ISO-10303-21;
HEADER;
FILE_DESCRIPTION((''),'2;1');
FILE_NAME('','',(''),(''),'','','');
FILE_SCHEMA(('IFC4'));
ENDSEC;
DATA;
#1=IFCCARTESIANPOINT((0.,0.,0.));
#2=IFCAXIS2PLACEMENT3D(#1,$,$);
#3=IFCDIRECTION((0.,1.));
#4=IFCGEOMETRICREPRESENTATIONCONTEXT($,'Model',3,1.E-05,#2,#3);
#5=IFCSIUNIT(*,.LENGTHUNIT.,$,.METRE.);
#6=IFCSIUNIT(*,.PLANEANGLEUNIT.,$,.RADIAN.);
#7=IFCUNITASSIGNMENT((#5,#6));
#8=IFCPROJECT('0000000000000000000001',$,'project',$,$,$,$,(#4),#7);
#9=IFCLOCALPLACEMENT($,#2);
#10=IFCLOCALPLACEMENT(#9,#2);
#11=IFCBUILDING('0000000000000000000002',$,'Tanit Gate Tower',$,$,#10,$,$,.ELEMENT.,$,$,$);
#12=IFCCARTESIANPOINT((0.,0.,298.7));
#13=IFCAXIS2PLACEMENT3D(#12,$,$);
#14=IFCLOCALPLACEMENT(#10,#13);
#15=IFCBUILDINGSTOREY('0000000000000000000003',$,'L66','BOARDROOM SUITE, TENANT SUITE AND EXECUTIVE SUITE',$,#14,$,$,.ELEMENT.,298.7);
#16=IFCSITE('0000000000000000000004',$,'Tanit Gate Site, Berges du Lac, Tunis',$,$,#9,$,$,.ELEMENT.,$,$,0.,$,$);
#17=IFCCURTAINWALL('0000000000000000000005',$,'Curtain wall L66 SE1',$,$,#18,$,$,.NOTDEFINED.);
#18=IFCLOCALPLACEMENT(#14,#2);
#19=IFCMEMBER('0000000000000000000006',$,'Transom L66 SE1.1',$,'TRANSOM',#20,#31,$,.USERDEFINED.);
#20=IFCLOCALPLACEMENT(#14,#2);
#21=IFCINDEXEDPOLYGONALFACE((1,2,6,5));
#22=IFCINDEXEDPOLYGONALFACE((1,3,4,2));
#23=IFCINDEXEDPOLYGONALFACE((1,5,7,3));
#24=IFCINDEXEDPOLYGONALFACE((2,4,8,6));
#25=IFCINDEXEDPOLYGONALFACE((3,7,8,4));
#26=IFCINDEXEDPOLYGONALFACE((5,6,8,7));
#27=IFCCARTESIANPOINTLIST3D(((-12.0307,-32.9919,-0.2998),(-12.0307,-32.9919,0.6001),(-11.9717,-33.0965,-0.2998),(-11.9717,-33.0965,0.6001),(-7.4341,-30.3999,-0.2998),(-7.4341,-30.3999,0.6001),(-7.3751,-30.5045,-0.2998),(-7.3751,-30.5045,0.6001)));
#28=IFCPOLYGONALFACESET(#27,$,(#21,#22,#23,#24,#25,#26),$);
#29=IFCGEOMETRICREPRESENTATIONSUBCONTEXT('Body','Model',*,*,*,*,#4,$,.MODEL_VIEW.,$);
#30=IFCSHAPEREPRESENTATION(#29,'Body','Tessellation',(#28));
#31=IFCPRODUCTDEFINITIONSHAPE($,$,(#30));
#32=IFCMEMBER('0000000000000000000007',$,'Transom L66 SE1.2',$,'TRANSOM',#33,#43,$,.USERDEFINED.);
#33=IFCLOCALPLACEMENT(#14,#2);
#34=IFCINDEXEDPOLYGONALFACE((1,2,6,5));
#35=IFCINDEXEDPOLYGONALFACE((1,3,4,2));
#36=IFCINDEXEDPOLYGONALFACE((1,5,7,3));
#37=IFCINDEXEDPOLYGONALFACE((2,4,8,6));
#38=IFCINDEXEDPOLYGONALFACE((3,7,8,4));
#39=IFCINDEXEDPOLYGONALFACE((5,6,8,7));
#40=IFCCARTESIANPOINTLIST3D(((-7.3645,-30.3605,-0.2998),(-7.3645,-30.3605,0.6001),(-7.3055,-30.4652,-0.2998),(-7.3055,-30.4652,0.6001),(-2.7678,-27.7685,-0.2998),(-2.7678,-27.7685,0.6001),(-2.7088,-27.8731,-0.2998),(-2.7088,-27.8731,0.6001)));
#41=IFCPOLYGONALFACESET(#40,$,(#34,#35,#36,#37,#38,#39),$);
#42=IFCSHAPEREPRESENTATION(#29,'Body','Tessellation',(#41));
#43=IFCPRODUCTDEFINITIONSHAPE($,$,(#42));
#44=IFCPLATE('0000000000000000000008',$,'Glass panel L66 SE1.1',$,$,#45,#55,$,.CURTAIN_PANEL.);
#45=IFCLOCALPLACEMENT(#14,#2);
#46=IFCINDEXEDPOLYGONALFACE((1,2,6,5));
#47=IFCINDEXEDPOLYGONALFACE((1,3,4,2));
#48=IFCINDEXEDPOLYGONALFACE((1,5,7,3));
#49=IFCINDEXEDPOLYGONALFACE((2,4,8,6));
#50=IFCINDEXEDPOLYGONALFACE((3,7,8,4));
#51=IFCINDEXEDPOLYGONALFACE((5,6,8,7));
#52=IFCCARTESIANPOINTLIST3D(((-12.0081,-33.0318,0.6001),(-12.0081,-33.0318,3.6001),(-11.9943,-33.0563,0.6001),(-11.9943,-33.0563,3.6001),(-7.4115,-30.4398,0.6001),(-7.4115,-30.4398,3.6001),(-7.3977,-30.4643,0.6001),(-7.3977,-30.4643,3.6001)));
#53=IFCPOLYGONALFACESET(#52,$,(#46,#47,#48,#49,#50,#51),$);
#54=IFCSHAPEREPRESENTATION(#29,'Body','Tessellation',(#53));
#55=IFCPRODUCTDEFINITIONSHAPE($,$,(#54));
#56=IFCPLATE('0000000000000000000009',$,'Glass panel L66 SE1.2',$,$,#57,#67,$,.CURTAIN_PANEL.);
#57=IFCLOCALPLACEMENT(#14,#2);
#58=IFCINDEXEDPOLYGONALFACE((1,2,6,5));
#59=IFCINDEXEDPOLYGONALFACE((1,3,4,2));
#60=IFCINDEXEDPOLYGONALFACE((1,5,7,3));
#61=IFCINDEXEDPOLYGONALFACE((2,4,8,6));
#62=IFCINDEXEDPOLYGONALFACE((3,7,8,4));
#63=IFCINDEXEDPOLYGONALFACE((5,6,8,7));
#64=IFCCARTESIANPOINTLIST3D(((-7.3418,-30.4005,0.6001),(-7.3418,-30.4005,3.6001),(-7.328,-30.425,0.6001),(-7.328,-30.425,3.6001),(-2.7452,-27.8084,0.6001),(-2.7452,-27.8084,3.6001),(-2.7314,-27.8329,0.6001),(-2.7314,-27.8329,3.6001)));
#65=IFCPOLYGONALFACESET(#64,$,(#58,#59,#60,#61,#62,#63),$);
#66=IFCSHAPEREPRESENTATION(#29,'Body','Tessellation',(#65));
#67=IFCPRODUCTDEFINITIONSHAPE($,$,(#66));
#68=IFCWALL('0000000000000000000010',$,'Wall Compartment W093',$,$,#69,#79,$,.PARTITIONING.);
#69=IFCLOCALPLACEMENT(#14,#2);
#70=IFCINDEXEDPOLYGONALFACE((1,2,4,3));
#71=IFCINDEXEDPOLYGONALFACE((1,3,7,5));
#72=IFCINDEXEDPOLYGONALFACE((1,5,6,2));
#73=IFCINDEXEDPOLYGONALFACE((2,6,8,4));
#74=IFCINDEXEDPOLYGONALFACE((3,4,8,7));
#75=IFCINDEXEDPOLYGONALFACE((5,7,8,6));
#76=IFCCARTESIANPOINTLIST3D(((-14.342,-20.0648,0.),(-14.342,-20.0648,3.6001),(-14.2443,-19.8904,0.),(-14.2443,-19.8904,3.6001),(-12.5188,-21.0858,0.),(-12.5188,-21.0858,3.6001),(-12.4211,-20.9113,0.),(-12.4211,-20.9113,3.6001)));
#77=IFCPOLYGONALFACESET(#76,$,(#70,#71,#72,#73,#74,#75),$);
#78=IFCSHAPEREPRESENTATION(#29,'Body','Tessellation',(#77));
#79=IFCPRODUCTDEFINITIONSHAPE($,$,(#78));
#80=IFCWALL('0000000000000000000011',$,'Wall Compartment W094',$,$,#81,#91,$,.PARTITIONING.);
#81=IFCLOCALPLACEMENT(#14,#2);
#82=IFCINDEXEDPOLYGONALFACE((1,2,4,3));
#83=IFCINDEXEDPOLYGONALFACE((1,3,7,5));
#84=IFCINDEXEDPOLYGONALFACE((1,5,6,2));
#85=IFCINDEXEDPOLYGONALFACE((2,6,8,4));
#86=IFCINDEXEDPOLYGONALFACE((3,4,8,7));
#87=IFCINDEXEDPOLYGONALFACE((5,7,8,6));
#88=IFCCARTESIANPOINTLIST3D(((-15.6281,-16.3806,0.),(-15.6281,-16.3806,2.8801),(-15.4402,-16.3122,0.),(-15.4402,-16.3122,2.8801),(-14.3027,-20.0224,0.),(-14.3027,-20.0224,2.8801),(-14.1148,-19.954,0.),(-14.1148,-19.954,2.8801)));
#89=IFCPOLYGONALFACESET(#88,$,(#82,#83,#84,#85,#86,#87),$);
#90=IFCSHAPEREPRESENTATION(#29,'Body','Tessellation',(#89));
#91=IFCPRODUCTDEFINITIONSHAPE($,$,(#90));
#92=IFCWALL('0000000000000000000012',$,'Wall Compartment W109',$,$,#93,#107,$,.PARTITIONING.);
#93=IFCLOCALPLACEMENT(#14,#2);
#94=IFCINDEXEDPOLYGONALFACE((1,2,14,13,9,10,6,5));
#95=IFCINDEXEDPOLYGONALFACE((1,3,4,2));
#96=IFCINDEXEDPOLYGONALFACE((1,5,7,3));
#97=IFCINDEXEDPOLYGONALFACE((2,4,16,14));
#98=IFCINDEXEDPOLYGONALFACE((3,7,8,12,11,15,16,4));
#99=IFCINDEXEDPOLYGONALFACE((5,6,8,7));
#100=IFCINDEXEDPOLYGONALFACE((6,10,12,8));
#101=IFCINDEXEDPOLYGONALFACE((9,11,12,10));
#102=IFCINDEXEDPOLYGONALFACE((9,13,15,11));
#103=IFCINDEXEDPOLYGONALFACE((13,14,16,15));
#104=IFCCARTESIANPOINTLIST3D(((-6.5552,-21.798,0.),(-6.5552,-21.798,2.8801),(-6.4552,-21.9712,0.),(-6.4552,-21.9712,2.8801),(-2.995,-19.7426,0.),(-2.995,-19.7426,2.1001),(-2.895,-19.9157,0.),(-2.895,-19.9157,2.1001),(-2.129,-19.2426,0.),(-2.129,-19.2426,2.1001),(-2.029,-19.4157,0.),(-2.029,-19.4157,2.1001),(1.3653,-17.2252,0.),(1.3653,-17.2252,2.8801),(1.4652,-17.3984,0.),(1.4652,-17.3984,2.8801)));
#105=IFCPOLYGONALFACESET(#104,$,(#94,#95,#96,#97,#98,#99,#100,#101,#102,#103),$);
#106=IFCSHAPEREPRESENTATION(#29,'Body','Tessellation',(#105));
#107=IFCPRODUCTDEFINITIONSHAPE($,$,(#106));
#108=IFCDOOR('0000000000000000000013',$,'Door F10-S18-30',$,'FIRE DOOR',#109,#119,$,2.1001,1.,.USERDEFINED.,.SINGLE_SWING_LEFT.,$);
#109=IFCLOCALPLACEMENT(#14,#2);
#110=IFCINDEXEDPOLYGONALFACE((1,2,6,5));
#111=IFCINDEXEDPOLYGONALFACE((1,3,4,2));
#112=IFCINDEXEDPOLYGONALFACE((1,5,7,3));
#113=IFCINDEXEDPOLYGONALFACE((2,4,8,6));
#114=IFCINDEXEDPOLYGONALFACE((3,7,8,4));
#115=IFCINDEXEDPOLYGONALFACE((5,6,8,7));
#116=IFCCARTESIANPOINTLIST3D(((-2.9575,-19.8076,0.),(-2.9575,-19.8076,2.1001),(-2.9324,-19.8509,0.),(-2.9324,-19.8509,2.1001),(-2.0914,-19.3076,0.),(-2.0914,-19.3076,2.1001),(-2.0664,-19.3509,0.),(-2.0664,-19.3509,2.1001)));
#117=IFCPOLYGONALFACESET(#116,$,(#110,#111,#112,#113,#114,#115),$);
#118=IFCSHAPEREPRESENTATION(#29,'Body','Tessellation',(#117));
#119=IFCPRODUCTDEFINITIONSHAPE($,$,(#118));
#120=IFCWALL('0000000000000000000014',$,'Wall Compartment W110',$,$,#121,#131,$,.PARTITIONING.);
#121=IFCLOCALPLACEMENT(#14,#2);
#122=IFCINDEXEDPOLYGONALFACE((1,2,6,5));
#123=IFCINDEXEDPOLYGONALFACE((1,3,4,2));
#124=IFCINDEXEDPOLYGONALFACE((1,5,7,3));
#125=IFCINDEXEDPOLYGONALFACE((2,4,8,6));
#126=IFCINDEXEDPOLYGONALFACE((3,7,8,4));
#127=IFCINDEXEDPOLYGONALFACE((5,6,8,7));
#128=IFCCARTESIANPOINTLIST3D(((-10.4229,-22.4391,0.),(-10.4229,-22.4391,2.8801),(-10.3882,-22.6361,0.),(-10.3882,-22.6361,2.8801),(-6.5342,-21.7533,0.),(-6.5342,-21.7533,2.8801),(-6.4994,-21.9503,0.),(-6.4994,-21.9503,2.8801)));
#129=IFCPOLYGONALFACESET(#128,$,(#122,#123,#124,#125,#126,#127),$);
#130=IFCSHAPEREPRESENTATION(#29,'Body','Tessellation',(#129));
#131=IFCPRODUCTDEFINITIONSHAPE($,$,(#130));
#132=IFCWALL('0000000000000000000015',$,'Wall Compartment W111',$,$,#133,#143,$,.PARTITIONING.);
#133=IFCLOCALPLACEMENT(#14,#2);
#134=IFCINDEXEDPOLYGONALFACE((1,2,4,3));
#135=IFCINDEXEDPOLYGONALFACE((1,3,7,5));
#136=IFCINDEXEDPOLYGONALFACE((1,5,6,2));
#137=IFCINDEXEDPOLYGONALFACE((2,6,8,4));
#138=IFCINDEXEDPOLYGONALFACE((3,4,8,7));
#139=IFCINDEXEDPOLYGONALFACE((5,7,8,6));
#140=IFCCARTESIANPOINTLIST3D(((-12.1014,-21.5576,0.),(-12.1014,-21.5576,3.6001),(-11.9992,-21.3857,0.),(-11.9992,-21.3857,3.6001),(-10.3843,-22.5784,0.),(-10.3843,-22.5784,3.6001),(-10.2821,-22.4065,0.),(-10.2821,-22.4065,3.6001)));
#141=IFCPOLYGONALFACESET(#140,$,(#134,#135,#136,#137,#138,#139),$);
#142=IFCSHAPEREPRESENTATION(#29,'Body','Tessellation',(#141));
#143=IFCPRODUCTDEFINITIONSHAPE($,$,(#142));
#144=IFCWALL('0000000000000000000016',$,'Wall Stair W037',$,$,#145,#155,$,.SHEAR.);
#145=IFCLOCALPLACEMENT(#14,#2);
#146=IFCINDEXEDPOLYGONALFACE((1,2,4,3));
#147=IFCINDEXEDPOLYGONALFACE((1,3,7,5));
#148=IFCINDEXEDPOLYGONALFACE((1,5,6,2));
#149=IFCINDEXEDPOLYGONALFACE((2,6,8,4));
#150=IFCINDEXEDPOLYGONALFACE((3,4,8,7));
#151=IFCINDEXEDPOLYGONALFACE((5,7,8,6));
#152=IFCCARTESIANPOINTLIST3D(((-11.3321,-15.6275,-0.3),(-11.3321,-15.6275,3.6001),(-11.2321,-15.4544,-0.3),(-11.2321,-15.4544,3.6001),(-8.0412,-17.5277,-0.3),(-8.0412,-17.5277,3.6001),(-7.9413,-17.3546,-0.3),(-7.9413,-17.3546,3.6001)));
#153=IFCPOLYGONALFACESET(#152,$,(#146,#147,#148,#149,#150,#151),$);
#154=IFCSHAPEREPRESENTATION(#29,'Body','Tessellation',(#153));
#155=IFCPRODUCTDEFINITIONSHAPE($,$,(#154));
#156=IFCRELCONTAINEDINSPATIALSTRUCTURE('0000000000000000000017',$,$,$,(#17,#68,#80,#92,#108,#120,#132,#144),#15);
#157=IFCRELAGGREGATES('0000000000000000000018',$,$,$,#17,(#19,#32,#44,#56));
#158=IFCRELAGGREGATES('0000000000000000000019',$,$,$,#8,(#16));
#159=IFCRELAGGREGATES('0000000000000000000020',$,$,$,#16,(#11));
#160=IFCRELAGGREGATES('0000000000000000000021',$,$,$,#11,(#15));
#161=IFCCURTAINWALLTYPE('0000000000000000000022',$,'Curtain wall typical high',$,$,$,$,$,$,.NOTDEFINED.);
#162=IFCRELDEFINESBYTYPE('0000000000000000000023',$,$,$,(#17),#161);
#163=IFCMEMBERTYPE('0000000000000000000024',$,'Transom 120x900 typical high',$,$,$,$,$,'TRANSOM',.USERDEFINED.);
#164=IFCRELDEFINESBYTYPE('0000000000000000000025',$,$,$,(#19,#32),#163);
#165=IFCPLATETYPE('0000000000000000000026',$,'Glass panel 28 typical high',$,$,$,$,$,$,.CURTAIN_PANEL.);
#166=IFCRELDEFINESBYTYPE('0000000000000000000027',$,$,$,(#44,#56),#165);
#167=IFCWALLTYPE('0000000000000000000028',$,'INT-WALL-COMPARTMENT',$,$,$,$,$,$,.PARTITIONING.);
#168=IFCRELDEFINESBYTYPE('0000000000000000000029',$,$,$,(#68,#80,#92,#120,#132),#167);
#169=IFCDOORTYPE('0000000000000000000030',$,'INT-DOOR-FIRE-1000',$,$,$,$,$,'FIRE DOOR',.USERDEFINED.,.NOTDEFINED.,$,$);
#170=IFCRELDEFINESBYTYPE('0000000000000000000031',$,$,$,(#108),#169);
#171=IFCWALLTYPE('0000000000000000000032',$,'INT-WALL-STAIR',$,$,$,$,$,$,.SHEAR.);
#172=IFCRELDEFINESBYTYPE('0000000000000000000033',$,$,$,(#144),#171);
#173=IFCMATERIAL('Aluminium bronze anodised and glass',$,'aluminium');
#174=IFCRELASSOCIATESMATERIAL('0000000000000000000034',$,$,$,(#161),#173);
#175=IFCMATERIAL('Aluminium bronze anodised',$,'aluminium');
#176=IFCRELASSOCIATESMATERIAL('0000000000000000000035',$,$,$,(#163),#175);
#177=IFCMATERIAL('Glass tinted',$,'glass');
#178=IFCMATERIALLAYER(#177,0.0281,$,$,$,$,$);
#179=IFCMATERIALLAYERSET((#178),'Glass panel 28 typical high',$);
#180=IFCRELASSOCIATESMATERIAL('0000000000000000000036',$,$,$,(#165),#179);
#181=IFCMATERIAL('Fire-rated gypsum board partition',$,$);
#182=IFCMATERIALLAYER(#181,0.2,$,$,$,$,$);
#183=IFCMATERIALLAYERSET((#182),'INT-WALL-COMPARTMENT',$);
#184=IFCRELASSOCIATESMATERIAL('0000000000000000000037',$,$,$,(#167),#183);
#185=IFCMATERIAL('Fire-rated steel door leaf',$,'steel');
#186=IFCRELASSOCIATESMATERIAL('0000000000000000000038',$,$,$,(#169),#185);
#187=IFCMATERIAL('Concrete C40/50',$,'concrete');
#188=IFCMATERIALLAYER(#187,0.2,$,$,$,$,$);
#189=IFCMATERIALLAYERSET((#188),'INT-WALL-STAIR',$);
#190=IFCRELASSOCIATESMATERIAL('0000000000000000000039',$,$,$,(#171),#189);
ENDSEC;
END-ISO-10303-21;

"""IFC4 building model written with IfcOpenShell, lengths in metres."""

from ifc_helpers import new_model, si_unit, direction, frame, frame_2d, origin, origin_2d, place, context, subcontext, project, spatial, rectangle, extrude, material, layer, layer_set, material_profile, profile_set, type_object, element, fill, aggregate, save


model = new_model("IFC4")

# Units and contexts
model_context = context("Model", 3, precision=1e-05, world=origin(), true_north=direction((0.0, 1.0)))
body_context = subcontext(model_context, "Body", "Model", "MODEL_VIEW")
ifc_project = project(units=[si_unit("LENGTHUNIT", "METRE"), si_unit("PLANEANGLEUNIT", "RADIAN")], contexts=[model_context])

# Site, building, storey
site_placement = place(None, origin())
site = spatial("IfcSite", under=ifc_project, at=site_placement, Name="Tanit Gate Site, Berges du Lac, Tunis", CompositionType="ELEMENT", RefElevation=0.0)
building_placement = place(site_placement, origin())
building = spatial("IfcBuilding", under=site, at=building_placement, Name="Tanit Gate Tower", CompositionType="ELEMENT")
storey_placement = place(building_placement, frame((0.0, 0.0, 298.7)))
storey = spatial("IfcBuildingStorey", under=building, at=storey_placement, Name="L66", Description="BOARDROOM SUITE, TENANT SUITE AND EXECUTIVE SUITE", CompositionType="ELEMENT", Elevation=298.7)

# Curtain wall
ifc_material_1 = material(Name="Aluminium bronze anodised and glass", Category="aluminium")
curtain_wall_type = type_object("IfcCurtainWallType", Name="Curtain wall typical high", PredefinedType="NOTDEFINED", material=ifc_material_1)
curtain_wall_placement = place(storey_placement, origin())
curtain_wall = element("IfcCurtainWall", 1, at=curtain_wall_placement, inside=storey, type_object=curtain_wall_type, Name="Curtain wall L66 SE1", PredefinedType="NOTDEFINED")

# Members
ifc_material_2 = material(Name="Aluminium bronze anodised", Category="aluminium")
ifc_material_profile_1 = material_profile(ifc_material_2, rectangle(XDim=0.1201, YDim=0.8999, at=origin_2d()), Name="120x900 bronze transom")
ifc_profile_set_1 = profile_set([ifc_material_profile_1], Name="Aluminium bronze anodised")
member_type_1 = type_object("IfcMemberType", Name="Transom 120x900 typical high", ElementType="TRANSOM", PredefinedType="USERDEFINED", material=ifc_profile_set_1)
member_1_placement = place(storey_placement, frame((-12.0012, -33.0442, 0.1501), z_axis=(0.871056, 0.491183, 0.0), x_axis=(-0.491183, 0.871056, 0.0)))
member_1 = element("IfcMember", 2, at=member_1_placement, type_object=member_type_1, Name="Transom L66 SE1.1", ObjectType="TRANSOM", PredefinedType="USERDEFINED", context=body_context, shape_type="SweptSolid", body=[
    extrude(rectangle(XDim=0.1201, YDim=0.8999, at=origin_2d()), origin(), (0.0, 0.0, 1.0), 5.2771),
])
member_2_placement = place(storey_placement, frame((-7.335, -30.4128, 0.1501), z_axis=(0.871056, 0.491183, 0.0), x_axis=(-0.491183, 0.871056, 0.0)))
member_2 = element("IfcMember", 3, at=member_2_placement, type_object=member_type_1, Name="Transom L66 SE1.2", ObjectType="TRANSOM", PredefinedType="USERDEFINED", context=body_context, shape_type="SweptSolid", body=[
    extrude(rectangle(XDim=0.1201, YDim=0.8999, at=origin_2d()), origin(), (0.0, 0.0, 1.0), 5.2771),
])

# Plates
ifc_material_3 = material(Name="Glass tinted", Category="glass")
ifc_layer_1 = layer(ifc_material_3, 0.0281)
ifc_layer_set_1 = layer_set([ifc_layer_1], Name="Glass panel 28 typical high")
plate_type = type_object("IfcPlateType", Name="Glass panel 28 typical high", PredefinedType="CURTAIN_PANEL", material=ifc_layer_set_1)
plate_1_placement = place(storey_placement, frame((-9.7029, -31.748, 0.6001), z_axis=(0.0, 0.0, 1.0), x_axis=(0.871054, 0.491188, 0.0)))
plate_1 = element("IfcPlate", 4, at=plate_1_placement, type_object=plate_type, Name="Glass panel L66 SE1.1", PredefinedType="CURTAIN_PANEL", context=body_context, shape_type="SweptSolid", body=[
    extrude(rectangle(XDim=5.2771, YDim=0.0281, at=origin_2d()), origin(), (0.0, 0.0, 1.0), 3.0),
])
plate_2_placement = place(storey_placement, frame((-5.0366, -29.1167, 0.6001), z_axis=(0.0, 0.0, 1.0), x_axis=(0.871054, 0.491188, 0.0)))
plate_2 = element("IfcPlate", 5, at=plate_2_placement, type_object=plate_type, Name="Glass panel L66 SE1.2", PredefinedType="CURTAIN_PANEL", context=body_context, shape_type="SweptSolid", body=[
    extrude(rectangle(XDim=5.2771, YDim=0.0281, at=origin_2d()), origin(), (0.0, 0.0, 1.0), 3.0),
])
aggregate(curtain_wall, [member_1, member_2, plate_1, plate_2])

# Walls
ifc_material_4 = material(Name="Fire-rated gypsum board partition")
ifc_layer_2 = layer(ifc_material_4, 0.2)
ifc_layer_set_2 = layer_set([ifc_layer_2], Name="INT-WALL-COMPARTMENT")
wall_type_1 = type_object("IfcWallType", Name="INT-WALL-COMPARTMENT", PredefinedType="PARTITIONING", material=ifc_layer_set_2)
wall_1_placement = place(storey_placement, frame((-14.2932, -19.9775, 0.0), z_axis=(0.0, 0.0, 1.0), x_axis=(0.87251, -0.488596, 0.0)))
element("IfcWall", 6, at=wall_1_placement, inside=storey, type_object=wall_type_1, Name="Wall Compartment W093", PredefinedType="PARTITIONING", context=body_context, shape_type="SweptSolid", body=[
    extrude(rectangle(XDim=2.0896, YDim=0.2, at=frame_2d((1.0449, 0.0))), origin(), (0.0, 0.0, 1.0), 3.6001),
])
wall_2_placement = place(storey_placement, frame((-15.5342, -16.3464, 0.0), z_axis=(0.0, 0.0, 1.0), x_axis=(0.342001, -0.9397, 0.0)))
element("IfcWall", 7, at=wall_2_placement, inside=storey, type_object=wall_type_1, Name="Wall Compartment W094", PredefinedType="PARTITIONING", context=body_context, shape_type="SweptSolid", body=[
    extrude(rectangle(XDim=3.8755, YDim=0.2, at=frame_2d((1.9377, 0.0))), origin(), (0.0, 0.0, 1.0), 2.8801),
])

# Wall, opening, door
wall_3_placement = place(storey_placement, frame((-6.5051, -21.8845, 0.0), z_axis=(0.0, 0.0, 1.0), x_axis=(0.86603, 0.499992, 0.0)))
wall_3 = element("IfcWall", 8, at=wall_3_placement, inside=storey, type_object=wall_type_1, Name="Wall Compartment W109", PredefinedType="PARTITIONING", context=body_context, shape_type="SweptSolid", body=[
    extrude(rectangle(XDim=9.1458, YDim=0.2, at=frame_2d((4.5728, 0.0))), origin(), (0.0, 0.0, 1.0), 2.8801),
])
opening_1_placement = place(wall_3_placement, frame((4.1108, 0.0, 0.0)))
opening_1 = element("IfcOpeningElement", 9, at=opening_1_placement, cuts=wall_3, PredefinedType="OPENING", context=body_context, shape_type="SweptSolid", body=[
    extrude(rectangle(XDim=1.0, YDim=2.1001, at=frame_2d((0.5, 1.05))), frame((0.0, 0.1099, 0.0), z_axis=(0.0, -1.0, 0.0), x_axis=(1.0, 0.0, 0.0)), (0.0, 0.0, 1.0), 0.22),
])
ifc_material_5 = material(Name="Fire-rated steel door leaf", Category="steel")
door_type_1 = type_object("IfcDoorType", Name="INT-DOOR-FIRE-1000", ElementType="FIRE DOOR", OperationType="NOTDEFINED", PredefinedType="USERDEFINED", material=ifc_material_5)
door_1_placement = place(opening_1_placement, origin())
door_1 = element("IfcDoor", 10, at=door_1_placement, inside=storey, type_object=door_type_1, Name="Door F10-S18-30", ObjectType="FIRE DOOR", OperationType="SINGLE_SWING_LEFT", OverallHeight=2.1001, OverallWidth=1.0, PredefinedType="USERDEFINED", context=body_context, shape_type="SweptSolid", body=[
    extrude(rectangle(XDim=1.0, YDim=2.1001, at=frame_2d((0.5, 1.05))), frame((0.0, 0.0249, 0.0), z_axis=(0.0, -1.0, 0.0), x_axis=(1.0, 0.0, 0.0)), (0.0, 0.0, 1.0), 0.05),
])
fill(opening_1, door_1)

# Walls
wall_4_placement = place(storey_placement, frame((-10.4055, -22.5376, 0.0), z_axis=(0.0, 0.0, 1.0), x_axis=(0.984803, 0.173676, 0.0)))
element("IfcWall", 11, at=wall_4_placement, inside=storey, type_object=wall_type_1, Name="Wall Compartment W110", PredefinedType="PARTITIONING", context=body_context, shape_type="SweptSolid", body=[
    extrude(rectangle(XDim=3.9487, YDim=0.2, at=frame_2d((1.9744, 0.0))), origin(), (0.0, 0.0, 1.0), 2.8801),
])
wall_5_placement = place(storey_placement, frame((-12.0503, -21.4717, 0.0), z_axis=(0.0, 0.0, 1.0), x_axis=(0.859578, -0.511005, 0.0)))
element("IfcWall", 12, at=wall_5_placement, inside=storey, type_object=wall_type_1, Name="Wall Compartment W111", PredefinedType="PARTITIONING", context=body_context, shape_type="SweptSolid", body=[
    extrude(rectangle(XDim=1.9976, YDim=0.2, at=frame_2d((0.9988, 0.0))), origin(), (0.0, 0.0, 1.0), 3.6001),
])
ifc_material_6 = material(Name="Concrete C40/50", Category="concrete")
ifc_layer_3 = layer(ifc_material_6, 0.2)
ifc_layer_set_3 = layer_set([ifc_layer_3], Name="INT-WALL-STAIR")
wall_type_2 = type_object("IfcWallType", Name="INT-WALL-STAIR", PredefinedType="SHEAR", material=ifc_layer_set_3)
wall_6_placement = place(storey_placement, frame((-11.282, -15.541, -0.3), z_axis=(0.0, 0.0, 1.0), x_axis=(0.866, -0.500043, 0.0)))
element("IfcWall", 13, at=wall_6_placement, inside=storey, type_object=wall_type_2, Name="Wall Stair W037", PredefinedType="SHEAR", context=body_context, shape_type="SweptSolid", body=[
    extrude(rectangle(XDim=3.8, YDim=0.2, at=frame_2d((1.8999, 0.0))), origin(), (0.0, 0.0, 1.0), 3.9001),
])

save(model, "model.ifc")
